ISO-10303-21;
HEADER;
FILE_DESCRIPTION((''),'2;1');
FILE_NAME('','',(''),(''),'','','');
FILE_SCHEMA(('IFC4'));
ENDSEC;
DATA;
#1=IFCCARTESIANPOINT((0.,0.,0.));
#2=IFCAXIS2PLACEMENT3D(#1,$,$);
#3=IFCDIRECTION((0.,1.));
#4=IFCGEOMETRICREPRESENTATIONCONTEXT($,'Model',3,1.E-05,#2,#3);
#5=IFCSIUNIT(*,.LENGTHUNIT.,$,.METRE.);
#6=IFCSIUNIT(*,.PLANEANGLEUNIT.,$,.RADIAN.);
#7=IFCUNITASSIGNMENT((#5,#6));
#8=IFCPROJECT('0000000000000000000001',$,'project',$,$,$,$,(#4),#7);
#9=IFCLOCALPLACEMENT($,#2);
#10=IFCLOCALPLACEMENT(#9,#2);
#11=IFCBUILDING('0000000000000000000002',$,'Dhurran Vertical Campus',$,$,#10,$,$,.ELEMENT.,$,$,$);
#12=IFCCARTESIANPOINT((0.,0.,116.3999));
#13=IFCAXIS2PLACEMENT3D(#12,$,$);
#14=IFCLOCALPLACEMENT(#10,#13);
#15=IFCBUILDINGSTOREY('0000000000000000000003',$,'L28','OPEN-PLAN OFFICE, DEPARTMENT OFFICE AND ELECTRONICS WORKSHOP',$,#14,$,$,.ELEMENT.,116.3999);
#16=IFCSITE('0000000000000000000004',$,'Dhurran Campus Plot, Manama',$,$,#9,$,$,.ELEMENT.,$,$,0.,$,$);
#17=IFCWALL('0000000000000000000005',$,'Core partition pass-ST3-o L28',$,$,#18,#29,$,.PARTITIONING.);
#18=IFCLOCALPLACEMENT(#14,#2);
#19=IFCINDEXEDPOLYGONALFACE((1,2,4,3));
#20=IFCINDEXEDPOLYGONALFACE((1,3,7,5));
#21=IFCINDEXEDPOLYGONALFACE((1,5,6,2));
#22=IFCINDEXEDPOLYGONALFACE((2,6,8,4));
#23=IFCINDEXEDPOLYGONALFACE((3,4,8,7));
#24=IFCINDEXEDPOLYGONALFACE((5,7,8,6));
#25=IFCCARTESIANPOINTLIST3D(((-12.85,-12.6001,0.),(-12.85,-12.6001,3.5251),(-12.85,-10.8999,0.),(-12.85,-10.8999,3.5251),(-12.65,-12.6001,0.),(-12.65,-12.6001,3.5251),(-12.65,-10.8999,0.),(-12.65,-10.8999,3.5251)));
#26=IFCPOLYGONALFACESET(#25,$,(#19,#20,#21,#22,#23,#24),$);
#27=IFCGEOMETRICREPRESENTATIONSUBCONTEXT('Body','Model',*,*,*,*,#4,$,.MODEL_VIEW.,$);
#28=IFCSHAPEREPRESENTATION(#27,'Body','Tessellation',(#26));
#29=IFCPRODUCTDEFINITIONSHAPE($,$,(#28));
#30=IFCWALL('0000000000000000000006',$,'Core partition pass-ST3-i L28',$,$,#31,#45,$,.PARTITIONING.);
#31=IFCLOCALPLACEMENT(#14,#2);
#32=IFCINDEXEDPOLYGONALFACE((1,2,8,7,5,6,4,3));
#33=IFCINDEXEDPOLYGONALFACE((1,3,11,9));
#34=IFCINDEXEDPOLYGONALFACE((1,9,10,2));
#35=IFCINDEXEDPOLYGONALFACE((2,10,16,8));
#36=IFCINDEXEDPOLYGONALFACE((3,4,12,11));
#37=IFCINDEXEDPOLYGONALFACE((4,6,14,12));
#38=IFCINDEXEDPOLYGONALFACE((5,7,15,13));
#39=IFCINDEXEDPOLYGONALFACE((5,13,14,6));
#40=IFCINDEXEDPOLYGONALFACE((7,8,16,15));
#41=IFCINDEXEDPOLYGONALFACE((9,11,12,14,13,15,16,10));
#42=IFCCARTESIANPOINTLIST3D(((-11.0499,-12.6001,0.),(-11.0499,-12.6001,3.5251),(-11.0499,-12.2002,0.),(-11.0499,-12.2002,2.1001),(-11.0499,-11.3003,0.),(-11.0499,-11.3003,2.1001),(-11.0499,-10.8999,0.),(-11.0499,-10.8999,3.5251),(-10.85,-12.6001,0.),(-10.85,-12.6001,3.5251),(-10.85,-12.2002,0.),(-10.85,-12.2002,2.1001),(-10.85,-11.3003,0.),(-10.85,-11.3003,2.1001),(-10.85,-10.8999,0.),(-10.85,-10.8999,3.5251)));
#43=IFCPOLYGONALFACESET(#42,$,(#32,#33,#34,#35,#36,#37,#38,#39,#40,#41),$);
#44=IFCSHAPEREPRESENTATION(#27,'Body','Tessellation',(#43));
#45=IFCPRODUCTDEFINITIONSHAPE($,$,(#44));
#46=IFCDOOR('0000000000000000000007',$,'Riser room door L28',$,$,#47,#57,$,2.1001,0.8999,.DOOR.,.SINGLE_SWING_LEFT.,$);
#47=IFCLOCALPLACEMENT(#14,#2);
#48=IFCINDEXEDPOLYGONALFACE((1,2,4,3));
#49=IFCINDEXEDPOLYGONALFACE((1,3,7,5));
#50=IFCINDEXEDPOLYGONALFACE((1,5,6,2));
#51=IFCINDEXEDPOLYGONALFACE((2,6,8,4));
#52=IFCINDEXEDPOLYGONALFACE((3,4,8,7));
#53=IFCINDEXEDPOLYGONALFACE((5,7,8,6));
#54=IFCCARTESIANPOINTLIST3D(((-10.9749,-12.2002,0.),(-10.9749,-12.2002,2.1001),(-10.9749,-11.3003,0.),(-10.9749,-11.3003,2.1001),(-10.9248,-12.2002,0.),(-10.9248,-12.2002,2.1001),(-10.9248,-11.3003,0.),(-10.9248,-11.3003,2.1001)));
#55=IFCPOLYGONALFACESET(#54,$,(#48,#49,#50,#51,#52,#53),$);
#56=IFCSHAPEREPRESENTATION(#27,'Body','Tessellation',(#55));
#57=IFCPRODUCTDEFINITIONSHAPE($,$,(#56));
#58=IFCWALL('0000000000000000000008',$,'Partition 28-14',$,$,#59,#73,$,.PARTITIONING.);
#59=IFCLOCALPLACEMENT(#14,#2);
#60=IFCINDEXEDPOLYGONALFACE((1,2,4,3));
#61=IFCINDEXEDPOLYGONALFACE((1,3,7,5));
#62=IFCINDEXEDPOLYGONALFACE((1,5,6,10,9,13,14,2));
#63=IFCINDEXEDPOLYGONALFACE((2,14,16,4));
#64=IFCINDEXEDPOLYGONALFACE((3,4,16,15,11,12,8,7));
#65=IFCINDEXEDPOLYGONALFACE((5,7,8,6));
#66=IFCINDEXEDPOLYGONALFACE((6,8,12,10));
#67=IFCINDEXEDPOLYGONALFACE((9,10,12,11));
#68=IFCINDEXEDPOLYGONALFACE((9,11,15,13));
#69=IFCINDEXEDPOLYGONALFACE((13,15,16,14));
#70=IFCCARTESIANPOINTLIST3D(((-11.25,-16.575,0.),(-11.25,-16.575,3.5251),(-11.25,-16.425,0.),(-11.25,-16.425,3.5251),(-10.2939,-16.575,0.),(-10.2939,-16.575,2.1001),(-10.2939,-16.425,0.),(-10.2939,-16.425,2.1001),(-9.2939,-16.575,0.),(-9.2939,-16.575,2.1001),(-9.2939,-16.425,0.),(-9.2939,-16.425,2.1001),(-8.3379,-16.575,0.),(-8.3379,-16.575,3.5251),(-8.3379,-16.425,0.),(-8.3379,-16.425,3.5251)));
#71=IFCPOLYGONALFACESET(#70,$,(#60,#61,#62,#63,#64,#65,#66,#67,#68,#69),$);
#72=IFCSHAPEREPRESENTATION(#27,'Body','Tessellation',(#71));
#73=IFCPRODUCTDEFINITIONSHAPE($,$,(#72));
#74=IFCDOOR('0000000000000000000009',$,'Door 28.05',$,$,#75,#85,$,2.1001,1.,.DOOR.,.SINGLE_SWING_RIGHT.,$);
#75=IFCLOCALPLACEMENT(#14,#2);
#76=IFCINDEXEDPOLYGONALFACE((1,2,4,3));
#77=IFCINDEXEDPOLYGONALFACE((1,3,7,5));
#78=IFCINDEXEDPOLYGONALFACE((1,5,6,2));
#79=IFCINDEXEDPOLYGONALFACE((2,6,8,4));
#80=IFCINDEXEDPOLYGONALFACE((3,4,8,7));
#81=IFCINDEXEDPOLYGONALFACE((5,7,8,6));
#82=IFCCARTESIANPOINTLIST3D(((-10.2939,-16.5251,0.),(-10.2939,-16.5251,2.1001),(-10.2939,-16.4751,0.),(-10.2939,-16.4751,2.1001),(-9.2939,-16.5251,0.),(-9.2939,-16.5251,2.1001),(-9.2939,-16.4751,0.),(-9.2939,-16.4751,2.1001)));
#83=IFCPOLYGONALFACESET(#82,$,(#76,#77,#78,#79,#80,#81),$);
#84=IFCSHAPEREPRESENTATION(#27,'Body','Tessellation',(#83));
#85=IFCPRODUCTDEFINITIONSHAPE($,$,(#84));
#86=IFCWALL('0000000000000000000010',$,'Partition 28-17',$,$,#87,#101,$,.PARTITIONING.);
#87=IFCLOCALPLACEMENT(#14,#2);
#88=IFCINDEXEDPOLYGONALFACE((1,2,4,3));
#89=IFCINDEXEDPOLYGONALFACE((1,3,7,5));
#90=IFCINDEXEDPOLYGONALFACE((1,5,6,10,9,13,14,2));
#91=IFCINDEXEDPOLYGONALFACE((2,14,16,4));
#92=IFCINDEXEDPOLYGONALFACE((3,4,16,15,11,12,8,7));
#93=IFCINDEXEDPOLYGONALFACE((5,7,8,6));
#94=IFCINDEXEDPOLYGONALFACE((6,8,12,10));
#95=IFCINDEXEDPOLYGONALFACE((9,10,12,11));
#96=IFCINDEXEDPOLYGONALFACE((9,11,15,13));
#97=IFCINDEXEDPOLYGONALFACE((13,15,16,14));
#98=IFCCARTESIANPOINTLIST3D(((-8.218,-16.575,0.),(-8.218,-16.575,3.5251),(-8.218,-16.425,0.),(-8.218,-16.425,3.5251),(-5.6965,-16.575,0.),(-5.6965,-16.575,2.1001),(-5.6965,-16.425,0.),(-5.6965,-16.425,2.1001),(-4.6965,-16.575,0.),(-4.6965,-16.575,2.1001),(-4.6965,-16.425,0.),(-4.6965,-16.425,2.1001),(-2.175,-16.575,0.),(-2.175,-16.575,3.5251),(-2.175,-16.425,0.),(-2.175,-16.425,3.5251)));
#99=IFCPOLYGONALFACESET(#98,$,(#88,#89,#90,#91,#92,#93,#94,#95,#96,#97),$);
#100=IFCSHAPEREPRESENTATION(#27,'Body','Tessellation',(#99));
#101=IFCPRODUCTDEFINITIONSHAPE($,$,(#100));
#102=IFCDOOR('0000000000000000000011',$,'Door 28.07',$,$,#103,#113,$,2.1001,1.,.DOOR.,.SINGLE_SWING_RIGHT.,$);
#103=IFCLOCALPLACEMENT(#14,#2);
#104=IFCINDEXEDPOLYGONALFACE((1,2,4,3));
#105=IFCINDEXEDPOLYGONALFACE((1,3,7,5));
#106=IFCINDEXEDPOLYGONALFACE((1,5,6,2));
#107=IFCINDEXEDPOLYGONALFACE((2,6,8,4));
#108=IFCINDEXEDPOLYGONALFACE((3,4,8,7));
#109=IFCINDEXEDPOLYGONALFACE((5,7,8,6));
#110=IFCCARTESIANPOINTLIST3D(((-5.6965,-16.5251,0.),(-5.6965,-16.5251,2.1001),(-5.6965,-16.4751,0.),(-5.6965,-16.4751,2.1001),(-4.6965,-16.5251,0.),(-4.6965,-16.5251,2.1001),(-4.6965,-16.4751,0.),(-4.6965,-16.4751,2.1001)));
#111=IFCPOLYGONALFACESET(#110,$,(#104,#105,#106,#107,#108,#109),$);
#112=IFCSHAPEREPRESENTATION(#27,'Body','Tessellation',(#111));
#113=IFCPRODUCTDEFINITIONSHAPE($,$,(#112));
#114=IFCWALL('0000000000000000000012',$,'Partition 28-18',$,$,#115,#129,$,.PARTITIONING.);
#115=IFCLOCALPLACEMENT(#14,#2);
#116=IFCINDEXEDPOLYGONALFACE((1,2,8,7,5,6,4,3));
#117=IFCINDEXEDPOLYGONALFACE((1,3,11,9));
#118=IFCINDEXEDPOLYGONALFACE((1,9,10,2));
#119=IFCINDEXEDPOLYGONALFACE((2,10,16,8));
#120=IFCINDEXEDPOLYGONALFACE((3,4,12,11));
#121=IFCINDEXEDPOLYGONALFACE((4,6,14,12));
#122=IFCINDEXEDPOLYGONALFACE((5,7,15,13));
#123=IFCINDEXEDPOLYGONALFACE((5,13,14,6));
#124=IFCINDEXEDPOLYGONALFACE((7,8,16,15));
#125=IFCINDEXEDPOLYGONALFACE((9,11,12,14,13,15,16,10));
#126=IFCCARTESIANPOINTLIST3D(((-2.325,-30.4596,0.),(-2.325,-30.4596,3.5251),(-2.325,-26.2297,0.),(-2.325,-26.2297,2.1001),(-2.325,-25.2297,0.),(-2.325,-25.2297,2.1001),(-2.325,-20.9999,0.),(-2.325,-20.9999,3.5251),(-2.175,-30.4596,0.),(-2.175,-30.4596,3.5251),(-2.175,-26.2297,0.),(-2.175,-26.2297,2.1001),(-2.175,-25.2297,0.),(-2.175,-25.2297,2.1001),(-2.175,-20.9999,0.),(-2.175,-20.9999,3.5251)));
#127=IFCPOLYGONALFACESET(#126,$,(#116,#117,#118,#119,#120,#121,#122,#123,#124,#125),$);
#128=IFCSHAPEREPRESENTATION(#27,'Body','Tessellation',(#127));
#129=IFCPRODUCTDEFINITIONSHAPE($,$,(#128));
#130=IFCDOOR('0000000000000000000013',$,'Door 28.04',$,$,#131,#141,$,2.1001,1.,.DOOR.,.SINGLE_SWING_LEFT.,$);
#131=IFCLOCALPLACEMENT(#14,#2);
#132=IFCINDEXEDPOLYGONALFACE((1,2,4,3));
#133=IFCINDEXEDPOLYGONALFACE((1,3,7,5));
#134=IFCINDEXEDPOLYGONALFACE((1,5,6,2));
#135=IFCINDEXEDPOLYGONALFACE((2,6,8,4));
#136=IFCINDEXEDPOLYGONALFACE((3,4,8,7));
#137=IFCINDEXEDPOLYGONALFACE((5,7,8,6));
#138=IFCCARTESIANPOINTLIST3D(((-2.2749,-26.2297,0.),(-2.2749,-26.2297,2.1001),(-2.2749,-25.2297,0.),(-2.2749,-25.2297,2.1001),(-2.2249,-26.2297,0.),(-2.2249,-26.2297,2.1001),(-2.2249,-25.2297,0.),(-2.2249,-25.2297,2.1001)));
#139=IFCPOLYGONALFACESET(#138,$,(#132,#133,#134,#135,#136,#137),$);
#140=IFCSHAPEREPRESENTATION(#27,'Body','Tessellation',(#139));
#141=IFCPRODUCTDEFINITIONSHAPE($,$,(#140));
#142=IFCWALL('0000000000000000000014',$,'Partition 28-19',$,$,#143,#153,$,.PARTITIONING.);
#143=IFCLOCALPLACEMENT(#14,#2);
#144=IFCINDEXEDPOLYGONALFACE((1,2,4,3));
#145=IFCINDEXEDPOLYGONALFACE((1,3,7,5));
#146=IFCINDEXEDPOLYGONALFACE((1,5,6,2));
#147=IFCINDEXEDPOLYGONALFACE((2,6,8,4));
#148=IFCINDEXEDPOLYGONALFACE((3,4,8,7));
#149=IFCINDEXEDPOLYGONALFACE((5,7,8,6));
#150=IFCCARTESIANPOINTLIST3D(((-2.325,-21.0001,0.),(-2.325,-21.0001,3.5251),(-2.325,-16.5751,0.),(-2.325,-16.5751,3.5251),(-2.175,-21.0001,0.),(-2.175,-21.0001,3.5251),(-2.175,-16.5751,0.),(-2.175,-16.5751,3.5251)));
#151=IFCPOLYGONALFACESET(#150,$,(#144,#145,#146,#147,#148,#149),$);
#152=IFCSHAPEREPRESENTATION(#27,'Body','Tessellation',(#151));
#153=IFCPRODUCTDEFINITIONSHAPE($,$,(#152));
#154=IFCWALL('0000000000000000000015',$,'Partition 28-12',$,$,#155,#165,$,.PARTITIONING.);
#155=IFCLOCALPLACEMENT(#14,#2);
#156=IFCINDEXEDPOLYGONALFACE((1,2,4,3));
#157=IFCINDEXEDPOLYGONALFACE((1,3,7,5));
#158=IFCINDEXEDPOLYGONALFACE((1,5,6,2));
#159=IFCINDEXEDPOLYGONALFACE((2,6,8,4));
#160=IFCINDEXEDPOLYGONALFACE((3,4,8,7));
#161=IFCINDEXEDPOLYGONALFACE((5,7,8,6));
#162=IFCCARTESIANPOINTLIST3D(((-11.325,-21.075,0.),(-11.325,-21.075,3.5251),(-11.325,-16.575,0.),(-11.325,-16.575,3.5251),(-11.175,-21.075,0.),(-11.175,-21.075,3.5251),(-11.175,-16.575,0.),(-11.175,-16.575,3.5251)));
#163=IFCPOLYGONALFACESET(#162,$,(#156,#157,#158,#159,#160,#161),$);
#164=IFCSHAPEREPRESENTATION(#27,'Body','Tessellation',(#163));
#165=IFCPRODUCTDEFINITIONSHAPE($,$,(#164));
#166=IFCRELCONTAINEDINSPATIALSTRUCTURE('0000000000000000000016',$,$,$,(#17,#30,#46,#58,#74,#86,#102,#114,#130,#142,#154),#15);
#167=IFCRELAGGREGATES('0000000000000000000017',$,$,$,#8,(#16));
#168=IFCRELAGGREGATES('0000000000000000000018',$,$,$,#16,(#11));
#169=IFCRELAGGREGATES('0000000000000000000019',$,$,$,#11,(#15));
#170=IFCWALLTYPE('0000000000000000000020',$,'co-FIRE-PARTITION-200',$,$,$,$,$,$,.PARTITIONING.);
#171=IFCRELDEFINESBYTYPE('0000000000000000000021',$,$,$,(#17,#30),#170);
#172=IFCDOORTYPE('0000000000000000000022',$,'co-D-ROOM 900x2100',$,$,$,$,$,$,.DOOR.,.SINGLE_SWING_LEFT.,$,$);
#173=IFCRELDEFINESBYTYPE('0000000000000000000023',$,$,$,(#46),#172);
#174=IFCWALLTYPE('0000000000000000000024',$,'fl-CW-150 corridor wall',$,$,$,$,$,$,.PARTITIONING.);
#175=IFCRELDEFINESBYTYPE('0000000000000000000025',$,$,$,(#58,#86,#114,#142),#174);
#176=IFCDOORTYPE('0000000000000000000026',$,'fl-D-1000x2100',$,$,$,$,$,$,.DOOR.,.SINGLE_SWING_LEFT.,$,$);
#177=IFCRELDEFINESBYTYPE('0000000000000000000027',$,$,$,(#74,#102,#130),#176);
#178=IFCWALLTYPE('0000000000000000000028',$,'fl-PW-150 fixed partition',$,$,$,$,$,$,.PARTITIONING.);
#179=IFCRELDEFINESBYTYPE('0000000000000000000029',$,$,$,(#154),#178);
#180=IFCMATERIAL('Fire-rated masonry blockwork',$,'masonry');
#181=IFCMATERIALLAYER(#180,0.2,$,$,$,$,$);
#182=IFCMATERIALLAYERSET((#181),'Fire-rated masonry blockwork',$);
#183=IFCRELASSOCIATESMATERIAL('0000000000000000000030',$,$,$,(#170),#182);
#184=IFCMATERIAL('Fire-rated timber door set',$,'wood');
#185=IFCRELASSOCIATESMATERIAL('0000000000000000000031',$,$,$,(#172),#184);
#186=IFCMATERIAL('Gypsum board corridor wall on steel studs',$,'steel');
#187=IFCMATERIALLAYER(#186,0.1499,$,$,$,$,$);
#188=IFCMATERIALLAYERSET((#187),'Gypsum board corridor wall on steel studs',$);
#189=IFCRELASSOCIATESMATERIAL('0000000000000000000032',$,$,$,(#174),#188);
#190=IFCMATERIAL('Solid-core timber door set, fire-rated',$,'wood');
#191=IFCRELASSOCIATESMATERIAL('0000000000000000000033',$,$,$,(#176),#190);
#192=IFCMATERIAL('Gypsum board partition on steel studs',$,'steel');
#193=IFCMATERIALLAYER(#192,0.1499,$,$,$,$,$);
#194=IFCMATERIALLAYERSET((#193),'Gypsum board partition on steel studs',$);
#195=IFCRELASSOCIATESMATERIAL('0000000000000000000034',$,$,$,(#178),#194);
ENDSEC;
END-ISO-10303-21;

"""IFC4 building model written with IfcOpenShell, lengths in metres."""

from ifc_helpers import new_model, si_unit, direction, frame, frame_2d, origin, place, context, subcontext, project, spatial, rectangle, extrude, material, layer, layer_set, type_object, element, fill, save


model = new_model("IFC4")

# Units and contexts
model_context = context("Model", 3, precision=1e-05, world=origin(), true_north=direction((0.0, 1.0)))
body_context = subcontext(model_context, "Body", "Model", "MODEL_VIEW")
ifc_project = project(units=[si_unit("LENGTHUNIT", "METRE"), si_unit("PLANEANGLEUNIT", "RADIAN")], contexts=[model_context])

# Site, building, storey
site_placement = place(None, origin())
site = spatial("IfcSite", under=ifc_project, at=site_placement, Name="Dhurran Campus Plot, Manama", CompositionType="ELEMENT", RefElevation=0.0)
building_placement = place(site_placement, origin())
building = spatial("IfcBuilding", under=site, at=building_placement, Name="Dhurran Vertical Campus", CompositionType="ELEMENT")
storey_placement = place(building_placement, frame((0.0, 0.0, 116.3999)))
storey = spatial("IfcBuildingStorey", under=building, at=storey_placement, Name="L28", Description="OPEN-PLAN OFFICE, DEPARTMENT OFFICE AND ELECTRONICS WORKSHOP", CompositionType="ELEMENT", Elevation=116.3999)

# Wall
ifc_material_1 = material(Name="Fire-rated masonry blockwork", Category="masonry")
ifc_layer_1 = layer(ifc_material_1, 0.2)
ifc_layer_set_1 = layer_set([ifc_layer_1], Name="Fire-rated masonry blockwork")
wall_type_1 = type_object("IfcWallType", Name="co-FIRE-PARTITION-200", PredefinedType="PARTITIONING", material=ifc_layer_set_1)
wall_1_placement = place(storey_placement, frame((-12.75, -12.6001, 0.0), z_axis=(0.0, 0.0, 1.0), x_axis=(0.0, 1.0, 0.0)))
element("IfcWall", 1, at=wall_1_placement, inside=storey, type_object=wall_type_1, Name="Core partition pass-ST3-o L28", PredefinedType="PARTITIONING", context=body_context, shape_type="SweptSolid", body=[
    extrude(rectangle(XDim=1.7002, YDim=0.2, at=frame_2d((0.8501, 0.0))), origin(), (0.0, 0.0, 1.0), 3.5251),
])

# Walls, openings, doors
wall_2_placement = place(storey_placement, frame((-10.95, -12.6001, 0.0), z_axis=(0.0, 0.0, 1.0), x_axis=(0.0, 1.0, 0.0)))
wall_2 = element("IfcWall", 2, at=wall_2_placement, inside=storey, type_object=wall_type_1, Name="Core partition pass-ST3-i L28", PredefinedType="PARTITIONING", context=body_context, shape_type="SweptSolid", body=[
    extrude(rectangle(XDim=1.7002, YDim=0.2, at=frame_2d((0.8501, 0.0))), origin(), (0.0, 0.0, 1.0), 3.5251),
])
opening_1_placement = place(wall_2_placement, frame((0.3999, 0.0, 0.0)))
opening_1 = element("IfcOpeningElement", 3, at=opening_1_placement, cuts=wall_2, PredefinedType="OPENING", context=body_context, shape_type="SweptSolid", body=[
    extrude(rectangle(XDim=0.8999, YDim=2.1001, at=frame_2d((0.45, 1.05))), frame((0.0, 0.1099, 0.0), z_axis=(0.0, -1.0, 0.0), x_axis=(1.0, 0.0, 0.0)), (0.0, 0.0, 1.0), 0.22),
])
ifc_material_2 = material(Name="Fire-rated timber door set", Category="wood")
door_type_1 = type_object("IfcDoorType", Name="co-D-ROOM 900x2100", OperationType="SINGLE_SWING_LEFT", PredefinedType="DOOR", material=ifc_material_2)
door_1_placement = place(opening_1_placement, origin())
door_1 = element("IfcDoor", 4, at=door_1_placement, inside=storey, type_object=door_type_1, Name="Riser room door L28", OperationType="SINGLE_SWING_LEFT", OverallHeight=2.1001, OverallWidth=0.8999, PredefinedType="DOOR", context=body_context, shape_type="SweptSolid", body=[
    extrude(rectangle(XDim=0.8999, YDim=2.1001, at=frame_2d((0.45, 1.05))), frame((0.0, 0.0249, 0.0), z_axis=(0.0, -1.0, 0.0), x_axis=(1.0, 0.0, 0.0)), (0.0, 0.0, 1.0), 0.05),
])
fill(opening_1, door_1)
ifc_material_3 = material(Name="Gypsum board corridor wall on steel studs", Category="steel")
ifc_layer_2 = layer(ifc_material_3, 0.1499)
ifc_layer_set_2 = layer_set([ifc_layer_2], Name="Gypsum board corridor wall on steel studs")
wall_type_2 = type_object("IfcWallType", Name="fl-CW-150 corridor wall", PredefinedType="PARTITIONING", material=ifc_layer_set_2)
wall_3_placement = place(storey_placement, frame((-11.25, -16.5, 0.0), z_axis=(0.0, 0.0, 1.0), x_axis=(1.0, 0.0, 0.0)))
wall_3 = element("IfcWall", 5, at=wall_3_placement, inside=storey, type_object=wall_type_2, Name="Partition 28-14", PredefinedType="PARTITIONING", context=body_context, shape_type="SweptSolid", body=[
    extrude(rectangle(XDim=2.9121, YDim=0.1499, at=frame_2d((1.4561, 0.0))), origin(), (0.0, 0.0, 1.0), 3.5251),
])
opening_2_placement = place(wall_3_placement, frame((0.9561, 0.0, 0.0)))
opening_2 = element("IfcOpeningElement", 6, at=opening_2_placement, cuts=wall_3, PredefinedType="OPENING", context=body_context, shape_type="SweptSolid", body=[
    extrude(rectangle(XDim=1.0, YDim=2.1001, at=frame_2d((0.5, 1.05))), frame((0.0, 0.085, 0.0), z_axis=(0.0, -1.0, 0.0), x_axis=(1.0, 0.0, 0.0)), (0.0, 0.0, 1.0), 0.1699),
])
ifc_material_4 = material(Name="Solid-core timber door set, fire-rated", Category="wood")
door_type_2 = type_object("IfcDoorType", Name="fl-D-1000x2100", OperationType="SINGLE_SWING_LEFT", PredefinedType="DOOR", material=ifc_material_4)
door_2_placement = place(opening_2_placement, origin())
door_2 = element("IfcDoor", 7, at=door_2_placement, inside=storey, type_object=door_type_2, Name="Door 28.05", OperationType="SINGLE_SWING_RIGHT", OverallHeight=2.1001, OverallWidth=1.0, PredefinedType="DOOR", context=body_context, shape_type="SweptSolid", body=[
    extrude(rectangle(XDim=1.0, YDim=2.1001, at=frame_2d((0.5, 1.05))), frame((0.0, 0.0249, 0.0), z_axis=(0.0, -1.0, 0.0), x_axis=(1.0, 0.0, 0.0)), (0.0, 0.0, 1.0), 0.05),
])
fill(opening_2, door_2)
wall_4_placement = place(storey_placement, frame((-8.218, -16.5, 0.0), z_axis=(0.0, 0.0, 1.0), x_axis=(1.0, 0.0, 0.0)))
wall_4 = element("IfcWall", 8, at=wall_4_placement, inside=storey, type_object=wall_type_2, Name="Partition 28-17", PredefinedType="PARTITIONING", context=body_context, shape_type="SweptSolid", body=[
    extrude(rectangle(XDim=6.043, YDim=0.1499, at=frame_2d((3.0215, 0.0))), origin(), (0.0, 0.0, 1.0), 3.5251),
])
opening_3_placement = place(wall_4_placement, frame((2.5215, 0.0, 0.0)))
opening_3 = element("IfcOpeningElement", 9, at=opening_3_placement, cuts=wall_4, PredefinedType="OPENING", context=body_context, shape_type="SweptSolid", body=[
    extrude(rectangle(XDim=1.0, YDim=2.1001, at=frame_2d((0.5, 1.05))), frame((0.0, 0.085, 0.0), z_axis=(0.0, -1.0, 0.0), x_axis=(1.0, 0.0, 0.0)), (0.0, 0.0, 1.0), 0.1699),
])
door_3_placement = place(opening_3_placement, origin())
door_3 = element("IfcDoor", 10, at=door_3_placement, inside=storey, type_object=door_type_2, Name="Door 28.07", OperationType="SINGLE_SWING_RIGHT", OverallHeight=2.1001, OverallWidth=1.0, PredefinedType="DOOR", context=body_context, shape_type="SweptSolid", body=[
    extrude(rectangle(XDim=1.0, YDim=2.1001, at=frame_2d((0.5, 1.05))), frame((0.0, 0.0249, 0.0), z_axis=(0.0, -1.0, 0.0), x_axis=(1.0, 0.0, 0.0)), (0.0, 0.0, 1.0), 0.05),
])
fill(opening_3, door_3)
wall_5_placement = place(storey_placement, frame((-2.25, -30.4597, 0.0), z_axis=(0.0, 0.0, 1.0), x_axis=(0.0, 1.0, 0.0)))
wall_5 = element("IfcWall", 11, at=wall_5_placement, inside=storey, type_object=wall_type_2, Name="Partition 28-18", PredefinedType="PARTITIONING", context=body_context, shape_type="SweptSolid", body=[
    extrude(rectangle(XDim=9.4597, YDim=0.1499, at=frame_2d((4.73, 0.0))), origin(), (0.0, 0.0, 1.0), 3.5251),
])
opening_4_placement = place(wall_5_placement, frame((4.23, 0.0, 0.0)))
opening_4 = element("IfcOpeningElement", 12, at=opening_4_placement, cuts=wall_5, PredefinedType="OPENING", context=body_context, shape_type="SweptSolid", body=[
    extrude(rectangle(XDim=1.0, YDim=2.1001, at=frame_2d((0.5, 1.05))), frame((0.0, 0.085, 0.0), z_axis=(0.0, -1.0, 0.0), x_axis=(1.0, 0.0, 0.0)), (0.0, 0.0, 1.0), 0.1699),
])
door_4_placement = place(opening_4_placement, origin())
door_4 = element("IfcDoor", 13, at=door_4_placement, inside=storey, type_object=door_type_2, Name="Door 28.04", OperationType="SINGLE_SWING_LEFT", OverallHeight=2.1001, OverallWidth=1.0, PredefinedType="DOOR", context=body_context, shape_type="SweptSolid", body=[
    extrude(rectangle(XDim=1.0, YDim=2.1001, at=frame_2d((0.5, 1.05))), frame((0.0, 0.0249, 0.0), z_axis=(0.0, -1.0, 0.0), x_axis=(1.0, 0.0, 0.0)), (0.0, 0.0, 1.0), 0.05),
])
fill(opening_4, door_4)

# Walls
wall_6_placement = place(storey_placement, frame((-2.25, -21.0, 0.0), z_axis=(0.0, 0.0, 1.0), x_axis=(0.0, 1.0, 0.0)))
element("IfcWall", 14, at=wall_6_placement, inside=storey, type_object=wall_type_2, Name="Partition 28-19", PredefinedType="PARTITIONING", context=body_context, shape_type="SweptSolid", body=[
    extrude(rectangle(XDim=4.425, YDim=0.1499, at=frame_2d((2.2124, 0.0))), origin(), (0.0, 0.0, 1.0), 3.5251),
])
ifc_material_5 = material(Name="Gypsum board partition on steel studs", Category="steel")
ifc_layer_3 = layer(ifc_material_5, 0.1499)
ifc_layer_set_3 = layer_set([ifc_layer_3], Name="Gypsum board partition on steel studs")
wall_type_3 = type_object("IfcWallType", Name="fl-PW-150 fixed partition", PredefinedType="PARTITIONING", material=ifc_layer_set_3)
wall_7_placement = place(storey_placement, frame((-11.25, -16.575, 0.0), z_axis=(0.0, 0.0, 1.0), x_axis=(0.0, -1.0, 0.0)))
element("IfcWall", 15, at=wall_7_placement, inside=storey, type_object=wall_type_3, Name="Partition 28-12", PredefinedType="PARTITIONING", context=body_context, shape_type="SweptSolid", body=[
    extrude(rectangle(XDim=4.5, YDim=0.1499, at=frame_2d((2.25, 0.0))), origin(), (0.0, 0.0, 1.0), 3.5251),
])

save(model, "model.ifc")
